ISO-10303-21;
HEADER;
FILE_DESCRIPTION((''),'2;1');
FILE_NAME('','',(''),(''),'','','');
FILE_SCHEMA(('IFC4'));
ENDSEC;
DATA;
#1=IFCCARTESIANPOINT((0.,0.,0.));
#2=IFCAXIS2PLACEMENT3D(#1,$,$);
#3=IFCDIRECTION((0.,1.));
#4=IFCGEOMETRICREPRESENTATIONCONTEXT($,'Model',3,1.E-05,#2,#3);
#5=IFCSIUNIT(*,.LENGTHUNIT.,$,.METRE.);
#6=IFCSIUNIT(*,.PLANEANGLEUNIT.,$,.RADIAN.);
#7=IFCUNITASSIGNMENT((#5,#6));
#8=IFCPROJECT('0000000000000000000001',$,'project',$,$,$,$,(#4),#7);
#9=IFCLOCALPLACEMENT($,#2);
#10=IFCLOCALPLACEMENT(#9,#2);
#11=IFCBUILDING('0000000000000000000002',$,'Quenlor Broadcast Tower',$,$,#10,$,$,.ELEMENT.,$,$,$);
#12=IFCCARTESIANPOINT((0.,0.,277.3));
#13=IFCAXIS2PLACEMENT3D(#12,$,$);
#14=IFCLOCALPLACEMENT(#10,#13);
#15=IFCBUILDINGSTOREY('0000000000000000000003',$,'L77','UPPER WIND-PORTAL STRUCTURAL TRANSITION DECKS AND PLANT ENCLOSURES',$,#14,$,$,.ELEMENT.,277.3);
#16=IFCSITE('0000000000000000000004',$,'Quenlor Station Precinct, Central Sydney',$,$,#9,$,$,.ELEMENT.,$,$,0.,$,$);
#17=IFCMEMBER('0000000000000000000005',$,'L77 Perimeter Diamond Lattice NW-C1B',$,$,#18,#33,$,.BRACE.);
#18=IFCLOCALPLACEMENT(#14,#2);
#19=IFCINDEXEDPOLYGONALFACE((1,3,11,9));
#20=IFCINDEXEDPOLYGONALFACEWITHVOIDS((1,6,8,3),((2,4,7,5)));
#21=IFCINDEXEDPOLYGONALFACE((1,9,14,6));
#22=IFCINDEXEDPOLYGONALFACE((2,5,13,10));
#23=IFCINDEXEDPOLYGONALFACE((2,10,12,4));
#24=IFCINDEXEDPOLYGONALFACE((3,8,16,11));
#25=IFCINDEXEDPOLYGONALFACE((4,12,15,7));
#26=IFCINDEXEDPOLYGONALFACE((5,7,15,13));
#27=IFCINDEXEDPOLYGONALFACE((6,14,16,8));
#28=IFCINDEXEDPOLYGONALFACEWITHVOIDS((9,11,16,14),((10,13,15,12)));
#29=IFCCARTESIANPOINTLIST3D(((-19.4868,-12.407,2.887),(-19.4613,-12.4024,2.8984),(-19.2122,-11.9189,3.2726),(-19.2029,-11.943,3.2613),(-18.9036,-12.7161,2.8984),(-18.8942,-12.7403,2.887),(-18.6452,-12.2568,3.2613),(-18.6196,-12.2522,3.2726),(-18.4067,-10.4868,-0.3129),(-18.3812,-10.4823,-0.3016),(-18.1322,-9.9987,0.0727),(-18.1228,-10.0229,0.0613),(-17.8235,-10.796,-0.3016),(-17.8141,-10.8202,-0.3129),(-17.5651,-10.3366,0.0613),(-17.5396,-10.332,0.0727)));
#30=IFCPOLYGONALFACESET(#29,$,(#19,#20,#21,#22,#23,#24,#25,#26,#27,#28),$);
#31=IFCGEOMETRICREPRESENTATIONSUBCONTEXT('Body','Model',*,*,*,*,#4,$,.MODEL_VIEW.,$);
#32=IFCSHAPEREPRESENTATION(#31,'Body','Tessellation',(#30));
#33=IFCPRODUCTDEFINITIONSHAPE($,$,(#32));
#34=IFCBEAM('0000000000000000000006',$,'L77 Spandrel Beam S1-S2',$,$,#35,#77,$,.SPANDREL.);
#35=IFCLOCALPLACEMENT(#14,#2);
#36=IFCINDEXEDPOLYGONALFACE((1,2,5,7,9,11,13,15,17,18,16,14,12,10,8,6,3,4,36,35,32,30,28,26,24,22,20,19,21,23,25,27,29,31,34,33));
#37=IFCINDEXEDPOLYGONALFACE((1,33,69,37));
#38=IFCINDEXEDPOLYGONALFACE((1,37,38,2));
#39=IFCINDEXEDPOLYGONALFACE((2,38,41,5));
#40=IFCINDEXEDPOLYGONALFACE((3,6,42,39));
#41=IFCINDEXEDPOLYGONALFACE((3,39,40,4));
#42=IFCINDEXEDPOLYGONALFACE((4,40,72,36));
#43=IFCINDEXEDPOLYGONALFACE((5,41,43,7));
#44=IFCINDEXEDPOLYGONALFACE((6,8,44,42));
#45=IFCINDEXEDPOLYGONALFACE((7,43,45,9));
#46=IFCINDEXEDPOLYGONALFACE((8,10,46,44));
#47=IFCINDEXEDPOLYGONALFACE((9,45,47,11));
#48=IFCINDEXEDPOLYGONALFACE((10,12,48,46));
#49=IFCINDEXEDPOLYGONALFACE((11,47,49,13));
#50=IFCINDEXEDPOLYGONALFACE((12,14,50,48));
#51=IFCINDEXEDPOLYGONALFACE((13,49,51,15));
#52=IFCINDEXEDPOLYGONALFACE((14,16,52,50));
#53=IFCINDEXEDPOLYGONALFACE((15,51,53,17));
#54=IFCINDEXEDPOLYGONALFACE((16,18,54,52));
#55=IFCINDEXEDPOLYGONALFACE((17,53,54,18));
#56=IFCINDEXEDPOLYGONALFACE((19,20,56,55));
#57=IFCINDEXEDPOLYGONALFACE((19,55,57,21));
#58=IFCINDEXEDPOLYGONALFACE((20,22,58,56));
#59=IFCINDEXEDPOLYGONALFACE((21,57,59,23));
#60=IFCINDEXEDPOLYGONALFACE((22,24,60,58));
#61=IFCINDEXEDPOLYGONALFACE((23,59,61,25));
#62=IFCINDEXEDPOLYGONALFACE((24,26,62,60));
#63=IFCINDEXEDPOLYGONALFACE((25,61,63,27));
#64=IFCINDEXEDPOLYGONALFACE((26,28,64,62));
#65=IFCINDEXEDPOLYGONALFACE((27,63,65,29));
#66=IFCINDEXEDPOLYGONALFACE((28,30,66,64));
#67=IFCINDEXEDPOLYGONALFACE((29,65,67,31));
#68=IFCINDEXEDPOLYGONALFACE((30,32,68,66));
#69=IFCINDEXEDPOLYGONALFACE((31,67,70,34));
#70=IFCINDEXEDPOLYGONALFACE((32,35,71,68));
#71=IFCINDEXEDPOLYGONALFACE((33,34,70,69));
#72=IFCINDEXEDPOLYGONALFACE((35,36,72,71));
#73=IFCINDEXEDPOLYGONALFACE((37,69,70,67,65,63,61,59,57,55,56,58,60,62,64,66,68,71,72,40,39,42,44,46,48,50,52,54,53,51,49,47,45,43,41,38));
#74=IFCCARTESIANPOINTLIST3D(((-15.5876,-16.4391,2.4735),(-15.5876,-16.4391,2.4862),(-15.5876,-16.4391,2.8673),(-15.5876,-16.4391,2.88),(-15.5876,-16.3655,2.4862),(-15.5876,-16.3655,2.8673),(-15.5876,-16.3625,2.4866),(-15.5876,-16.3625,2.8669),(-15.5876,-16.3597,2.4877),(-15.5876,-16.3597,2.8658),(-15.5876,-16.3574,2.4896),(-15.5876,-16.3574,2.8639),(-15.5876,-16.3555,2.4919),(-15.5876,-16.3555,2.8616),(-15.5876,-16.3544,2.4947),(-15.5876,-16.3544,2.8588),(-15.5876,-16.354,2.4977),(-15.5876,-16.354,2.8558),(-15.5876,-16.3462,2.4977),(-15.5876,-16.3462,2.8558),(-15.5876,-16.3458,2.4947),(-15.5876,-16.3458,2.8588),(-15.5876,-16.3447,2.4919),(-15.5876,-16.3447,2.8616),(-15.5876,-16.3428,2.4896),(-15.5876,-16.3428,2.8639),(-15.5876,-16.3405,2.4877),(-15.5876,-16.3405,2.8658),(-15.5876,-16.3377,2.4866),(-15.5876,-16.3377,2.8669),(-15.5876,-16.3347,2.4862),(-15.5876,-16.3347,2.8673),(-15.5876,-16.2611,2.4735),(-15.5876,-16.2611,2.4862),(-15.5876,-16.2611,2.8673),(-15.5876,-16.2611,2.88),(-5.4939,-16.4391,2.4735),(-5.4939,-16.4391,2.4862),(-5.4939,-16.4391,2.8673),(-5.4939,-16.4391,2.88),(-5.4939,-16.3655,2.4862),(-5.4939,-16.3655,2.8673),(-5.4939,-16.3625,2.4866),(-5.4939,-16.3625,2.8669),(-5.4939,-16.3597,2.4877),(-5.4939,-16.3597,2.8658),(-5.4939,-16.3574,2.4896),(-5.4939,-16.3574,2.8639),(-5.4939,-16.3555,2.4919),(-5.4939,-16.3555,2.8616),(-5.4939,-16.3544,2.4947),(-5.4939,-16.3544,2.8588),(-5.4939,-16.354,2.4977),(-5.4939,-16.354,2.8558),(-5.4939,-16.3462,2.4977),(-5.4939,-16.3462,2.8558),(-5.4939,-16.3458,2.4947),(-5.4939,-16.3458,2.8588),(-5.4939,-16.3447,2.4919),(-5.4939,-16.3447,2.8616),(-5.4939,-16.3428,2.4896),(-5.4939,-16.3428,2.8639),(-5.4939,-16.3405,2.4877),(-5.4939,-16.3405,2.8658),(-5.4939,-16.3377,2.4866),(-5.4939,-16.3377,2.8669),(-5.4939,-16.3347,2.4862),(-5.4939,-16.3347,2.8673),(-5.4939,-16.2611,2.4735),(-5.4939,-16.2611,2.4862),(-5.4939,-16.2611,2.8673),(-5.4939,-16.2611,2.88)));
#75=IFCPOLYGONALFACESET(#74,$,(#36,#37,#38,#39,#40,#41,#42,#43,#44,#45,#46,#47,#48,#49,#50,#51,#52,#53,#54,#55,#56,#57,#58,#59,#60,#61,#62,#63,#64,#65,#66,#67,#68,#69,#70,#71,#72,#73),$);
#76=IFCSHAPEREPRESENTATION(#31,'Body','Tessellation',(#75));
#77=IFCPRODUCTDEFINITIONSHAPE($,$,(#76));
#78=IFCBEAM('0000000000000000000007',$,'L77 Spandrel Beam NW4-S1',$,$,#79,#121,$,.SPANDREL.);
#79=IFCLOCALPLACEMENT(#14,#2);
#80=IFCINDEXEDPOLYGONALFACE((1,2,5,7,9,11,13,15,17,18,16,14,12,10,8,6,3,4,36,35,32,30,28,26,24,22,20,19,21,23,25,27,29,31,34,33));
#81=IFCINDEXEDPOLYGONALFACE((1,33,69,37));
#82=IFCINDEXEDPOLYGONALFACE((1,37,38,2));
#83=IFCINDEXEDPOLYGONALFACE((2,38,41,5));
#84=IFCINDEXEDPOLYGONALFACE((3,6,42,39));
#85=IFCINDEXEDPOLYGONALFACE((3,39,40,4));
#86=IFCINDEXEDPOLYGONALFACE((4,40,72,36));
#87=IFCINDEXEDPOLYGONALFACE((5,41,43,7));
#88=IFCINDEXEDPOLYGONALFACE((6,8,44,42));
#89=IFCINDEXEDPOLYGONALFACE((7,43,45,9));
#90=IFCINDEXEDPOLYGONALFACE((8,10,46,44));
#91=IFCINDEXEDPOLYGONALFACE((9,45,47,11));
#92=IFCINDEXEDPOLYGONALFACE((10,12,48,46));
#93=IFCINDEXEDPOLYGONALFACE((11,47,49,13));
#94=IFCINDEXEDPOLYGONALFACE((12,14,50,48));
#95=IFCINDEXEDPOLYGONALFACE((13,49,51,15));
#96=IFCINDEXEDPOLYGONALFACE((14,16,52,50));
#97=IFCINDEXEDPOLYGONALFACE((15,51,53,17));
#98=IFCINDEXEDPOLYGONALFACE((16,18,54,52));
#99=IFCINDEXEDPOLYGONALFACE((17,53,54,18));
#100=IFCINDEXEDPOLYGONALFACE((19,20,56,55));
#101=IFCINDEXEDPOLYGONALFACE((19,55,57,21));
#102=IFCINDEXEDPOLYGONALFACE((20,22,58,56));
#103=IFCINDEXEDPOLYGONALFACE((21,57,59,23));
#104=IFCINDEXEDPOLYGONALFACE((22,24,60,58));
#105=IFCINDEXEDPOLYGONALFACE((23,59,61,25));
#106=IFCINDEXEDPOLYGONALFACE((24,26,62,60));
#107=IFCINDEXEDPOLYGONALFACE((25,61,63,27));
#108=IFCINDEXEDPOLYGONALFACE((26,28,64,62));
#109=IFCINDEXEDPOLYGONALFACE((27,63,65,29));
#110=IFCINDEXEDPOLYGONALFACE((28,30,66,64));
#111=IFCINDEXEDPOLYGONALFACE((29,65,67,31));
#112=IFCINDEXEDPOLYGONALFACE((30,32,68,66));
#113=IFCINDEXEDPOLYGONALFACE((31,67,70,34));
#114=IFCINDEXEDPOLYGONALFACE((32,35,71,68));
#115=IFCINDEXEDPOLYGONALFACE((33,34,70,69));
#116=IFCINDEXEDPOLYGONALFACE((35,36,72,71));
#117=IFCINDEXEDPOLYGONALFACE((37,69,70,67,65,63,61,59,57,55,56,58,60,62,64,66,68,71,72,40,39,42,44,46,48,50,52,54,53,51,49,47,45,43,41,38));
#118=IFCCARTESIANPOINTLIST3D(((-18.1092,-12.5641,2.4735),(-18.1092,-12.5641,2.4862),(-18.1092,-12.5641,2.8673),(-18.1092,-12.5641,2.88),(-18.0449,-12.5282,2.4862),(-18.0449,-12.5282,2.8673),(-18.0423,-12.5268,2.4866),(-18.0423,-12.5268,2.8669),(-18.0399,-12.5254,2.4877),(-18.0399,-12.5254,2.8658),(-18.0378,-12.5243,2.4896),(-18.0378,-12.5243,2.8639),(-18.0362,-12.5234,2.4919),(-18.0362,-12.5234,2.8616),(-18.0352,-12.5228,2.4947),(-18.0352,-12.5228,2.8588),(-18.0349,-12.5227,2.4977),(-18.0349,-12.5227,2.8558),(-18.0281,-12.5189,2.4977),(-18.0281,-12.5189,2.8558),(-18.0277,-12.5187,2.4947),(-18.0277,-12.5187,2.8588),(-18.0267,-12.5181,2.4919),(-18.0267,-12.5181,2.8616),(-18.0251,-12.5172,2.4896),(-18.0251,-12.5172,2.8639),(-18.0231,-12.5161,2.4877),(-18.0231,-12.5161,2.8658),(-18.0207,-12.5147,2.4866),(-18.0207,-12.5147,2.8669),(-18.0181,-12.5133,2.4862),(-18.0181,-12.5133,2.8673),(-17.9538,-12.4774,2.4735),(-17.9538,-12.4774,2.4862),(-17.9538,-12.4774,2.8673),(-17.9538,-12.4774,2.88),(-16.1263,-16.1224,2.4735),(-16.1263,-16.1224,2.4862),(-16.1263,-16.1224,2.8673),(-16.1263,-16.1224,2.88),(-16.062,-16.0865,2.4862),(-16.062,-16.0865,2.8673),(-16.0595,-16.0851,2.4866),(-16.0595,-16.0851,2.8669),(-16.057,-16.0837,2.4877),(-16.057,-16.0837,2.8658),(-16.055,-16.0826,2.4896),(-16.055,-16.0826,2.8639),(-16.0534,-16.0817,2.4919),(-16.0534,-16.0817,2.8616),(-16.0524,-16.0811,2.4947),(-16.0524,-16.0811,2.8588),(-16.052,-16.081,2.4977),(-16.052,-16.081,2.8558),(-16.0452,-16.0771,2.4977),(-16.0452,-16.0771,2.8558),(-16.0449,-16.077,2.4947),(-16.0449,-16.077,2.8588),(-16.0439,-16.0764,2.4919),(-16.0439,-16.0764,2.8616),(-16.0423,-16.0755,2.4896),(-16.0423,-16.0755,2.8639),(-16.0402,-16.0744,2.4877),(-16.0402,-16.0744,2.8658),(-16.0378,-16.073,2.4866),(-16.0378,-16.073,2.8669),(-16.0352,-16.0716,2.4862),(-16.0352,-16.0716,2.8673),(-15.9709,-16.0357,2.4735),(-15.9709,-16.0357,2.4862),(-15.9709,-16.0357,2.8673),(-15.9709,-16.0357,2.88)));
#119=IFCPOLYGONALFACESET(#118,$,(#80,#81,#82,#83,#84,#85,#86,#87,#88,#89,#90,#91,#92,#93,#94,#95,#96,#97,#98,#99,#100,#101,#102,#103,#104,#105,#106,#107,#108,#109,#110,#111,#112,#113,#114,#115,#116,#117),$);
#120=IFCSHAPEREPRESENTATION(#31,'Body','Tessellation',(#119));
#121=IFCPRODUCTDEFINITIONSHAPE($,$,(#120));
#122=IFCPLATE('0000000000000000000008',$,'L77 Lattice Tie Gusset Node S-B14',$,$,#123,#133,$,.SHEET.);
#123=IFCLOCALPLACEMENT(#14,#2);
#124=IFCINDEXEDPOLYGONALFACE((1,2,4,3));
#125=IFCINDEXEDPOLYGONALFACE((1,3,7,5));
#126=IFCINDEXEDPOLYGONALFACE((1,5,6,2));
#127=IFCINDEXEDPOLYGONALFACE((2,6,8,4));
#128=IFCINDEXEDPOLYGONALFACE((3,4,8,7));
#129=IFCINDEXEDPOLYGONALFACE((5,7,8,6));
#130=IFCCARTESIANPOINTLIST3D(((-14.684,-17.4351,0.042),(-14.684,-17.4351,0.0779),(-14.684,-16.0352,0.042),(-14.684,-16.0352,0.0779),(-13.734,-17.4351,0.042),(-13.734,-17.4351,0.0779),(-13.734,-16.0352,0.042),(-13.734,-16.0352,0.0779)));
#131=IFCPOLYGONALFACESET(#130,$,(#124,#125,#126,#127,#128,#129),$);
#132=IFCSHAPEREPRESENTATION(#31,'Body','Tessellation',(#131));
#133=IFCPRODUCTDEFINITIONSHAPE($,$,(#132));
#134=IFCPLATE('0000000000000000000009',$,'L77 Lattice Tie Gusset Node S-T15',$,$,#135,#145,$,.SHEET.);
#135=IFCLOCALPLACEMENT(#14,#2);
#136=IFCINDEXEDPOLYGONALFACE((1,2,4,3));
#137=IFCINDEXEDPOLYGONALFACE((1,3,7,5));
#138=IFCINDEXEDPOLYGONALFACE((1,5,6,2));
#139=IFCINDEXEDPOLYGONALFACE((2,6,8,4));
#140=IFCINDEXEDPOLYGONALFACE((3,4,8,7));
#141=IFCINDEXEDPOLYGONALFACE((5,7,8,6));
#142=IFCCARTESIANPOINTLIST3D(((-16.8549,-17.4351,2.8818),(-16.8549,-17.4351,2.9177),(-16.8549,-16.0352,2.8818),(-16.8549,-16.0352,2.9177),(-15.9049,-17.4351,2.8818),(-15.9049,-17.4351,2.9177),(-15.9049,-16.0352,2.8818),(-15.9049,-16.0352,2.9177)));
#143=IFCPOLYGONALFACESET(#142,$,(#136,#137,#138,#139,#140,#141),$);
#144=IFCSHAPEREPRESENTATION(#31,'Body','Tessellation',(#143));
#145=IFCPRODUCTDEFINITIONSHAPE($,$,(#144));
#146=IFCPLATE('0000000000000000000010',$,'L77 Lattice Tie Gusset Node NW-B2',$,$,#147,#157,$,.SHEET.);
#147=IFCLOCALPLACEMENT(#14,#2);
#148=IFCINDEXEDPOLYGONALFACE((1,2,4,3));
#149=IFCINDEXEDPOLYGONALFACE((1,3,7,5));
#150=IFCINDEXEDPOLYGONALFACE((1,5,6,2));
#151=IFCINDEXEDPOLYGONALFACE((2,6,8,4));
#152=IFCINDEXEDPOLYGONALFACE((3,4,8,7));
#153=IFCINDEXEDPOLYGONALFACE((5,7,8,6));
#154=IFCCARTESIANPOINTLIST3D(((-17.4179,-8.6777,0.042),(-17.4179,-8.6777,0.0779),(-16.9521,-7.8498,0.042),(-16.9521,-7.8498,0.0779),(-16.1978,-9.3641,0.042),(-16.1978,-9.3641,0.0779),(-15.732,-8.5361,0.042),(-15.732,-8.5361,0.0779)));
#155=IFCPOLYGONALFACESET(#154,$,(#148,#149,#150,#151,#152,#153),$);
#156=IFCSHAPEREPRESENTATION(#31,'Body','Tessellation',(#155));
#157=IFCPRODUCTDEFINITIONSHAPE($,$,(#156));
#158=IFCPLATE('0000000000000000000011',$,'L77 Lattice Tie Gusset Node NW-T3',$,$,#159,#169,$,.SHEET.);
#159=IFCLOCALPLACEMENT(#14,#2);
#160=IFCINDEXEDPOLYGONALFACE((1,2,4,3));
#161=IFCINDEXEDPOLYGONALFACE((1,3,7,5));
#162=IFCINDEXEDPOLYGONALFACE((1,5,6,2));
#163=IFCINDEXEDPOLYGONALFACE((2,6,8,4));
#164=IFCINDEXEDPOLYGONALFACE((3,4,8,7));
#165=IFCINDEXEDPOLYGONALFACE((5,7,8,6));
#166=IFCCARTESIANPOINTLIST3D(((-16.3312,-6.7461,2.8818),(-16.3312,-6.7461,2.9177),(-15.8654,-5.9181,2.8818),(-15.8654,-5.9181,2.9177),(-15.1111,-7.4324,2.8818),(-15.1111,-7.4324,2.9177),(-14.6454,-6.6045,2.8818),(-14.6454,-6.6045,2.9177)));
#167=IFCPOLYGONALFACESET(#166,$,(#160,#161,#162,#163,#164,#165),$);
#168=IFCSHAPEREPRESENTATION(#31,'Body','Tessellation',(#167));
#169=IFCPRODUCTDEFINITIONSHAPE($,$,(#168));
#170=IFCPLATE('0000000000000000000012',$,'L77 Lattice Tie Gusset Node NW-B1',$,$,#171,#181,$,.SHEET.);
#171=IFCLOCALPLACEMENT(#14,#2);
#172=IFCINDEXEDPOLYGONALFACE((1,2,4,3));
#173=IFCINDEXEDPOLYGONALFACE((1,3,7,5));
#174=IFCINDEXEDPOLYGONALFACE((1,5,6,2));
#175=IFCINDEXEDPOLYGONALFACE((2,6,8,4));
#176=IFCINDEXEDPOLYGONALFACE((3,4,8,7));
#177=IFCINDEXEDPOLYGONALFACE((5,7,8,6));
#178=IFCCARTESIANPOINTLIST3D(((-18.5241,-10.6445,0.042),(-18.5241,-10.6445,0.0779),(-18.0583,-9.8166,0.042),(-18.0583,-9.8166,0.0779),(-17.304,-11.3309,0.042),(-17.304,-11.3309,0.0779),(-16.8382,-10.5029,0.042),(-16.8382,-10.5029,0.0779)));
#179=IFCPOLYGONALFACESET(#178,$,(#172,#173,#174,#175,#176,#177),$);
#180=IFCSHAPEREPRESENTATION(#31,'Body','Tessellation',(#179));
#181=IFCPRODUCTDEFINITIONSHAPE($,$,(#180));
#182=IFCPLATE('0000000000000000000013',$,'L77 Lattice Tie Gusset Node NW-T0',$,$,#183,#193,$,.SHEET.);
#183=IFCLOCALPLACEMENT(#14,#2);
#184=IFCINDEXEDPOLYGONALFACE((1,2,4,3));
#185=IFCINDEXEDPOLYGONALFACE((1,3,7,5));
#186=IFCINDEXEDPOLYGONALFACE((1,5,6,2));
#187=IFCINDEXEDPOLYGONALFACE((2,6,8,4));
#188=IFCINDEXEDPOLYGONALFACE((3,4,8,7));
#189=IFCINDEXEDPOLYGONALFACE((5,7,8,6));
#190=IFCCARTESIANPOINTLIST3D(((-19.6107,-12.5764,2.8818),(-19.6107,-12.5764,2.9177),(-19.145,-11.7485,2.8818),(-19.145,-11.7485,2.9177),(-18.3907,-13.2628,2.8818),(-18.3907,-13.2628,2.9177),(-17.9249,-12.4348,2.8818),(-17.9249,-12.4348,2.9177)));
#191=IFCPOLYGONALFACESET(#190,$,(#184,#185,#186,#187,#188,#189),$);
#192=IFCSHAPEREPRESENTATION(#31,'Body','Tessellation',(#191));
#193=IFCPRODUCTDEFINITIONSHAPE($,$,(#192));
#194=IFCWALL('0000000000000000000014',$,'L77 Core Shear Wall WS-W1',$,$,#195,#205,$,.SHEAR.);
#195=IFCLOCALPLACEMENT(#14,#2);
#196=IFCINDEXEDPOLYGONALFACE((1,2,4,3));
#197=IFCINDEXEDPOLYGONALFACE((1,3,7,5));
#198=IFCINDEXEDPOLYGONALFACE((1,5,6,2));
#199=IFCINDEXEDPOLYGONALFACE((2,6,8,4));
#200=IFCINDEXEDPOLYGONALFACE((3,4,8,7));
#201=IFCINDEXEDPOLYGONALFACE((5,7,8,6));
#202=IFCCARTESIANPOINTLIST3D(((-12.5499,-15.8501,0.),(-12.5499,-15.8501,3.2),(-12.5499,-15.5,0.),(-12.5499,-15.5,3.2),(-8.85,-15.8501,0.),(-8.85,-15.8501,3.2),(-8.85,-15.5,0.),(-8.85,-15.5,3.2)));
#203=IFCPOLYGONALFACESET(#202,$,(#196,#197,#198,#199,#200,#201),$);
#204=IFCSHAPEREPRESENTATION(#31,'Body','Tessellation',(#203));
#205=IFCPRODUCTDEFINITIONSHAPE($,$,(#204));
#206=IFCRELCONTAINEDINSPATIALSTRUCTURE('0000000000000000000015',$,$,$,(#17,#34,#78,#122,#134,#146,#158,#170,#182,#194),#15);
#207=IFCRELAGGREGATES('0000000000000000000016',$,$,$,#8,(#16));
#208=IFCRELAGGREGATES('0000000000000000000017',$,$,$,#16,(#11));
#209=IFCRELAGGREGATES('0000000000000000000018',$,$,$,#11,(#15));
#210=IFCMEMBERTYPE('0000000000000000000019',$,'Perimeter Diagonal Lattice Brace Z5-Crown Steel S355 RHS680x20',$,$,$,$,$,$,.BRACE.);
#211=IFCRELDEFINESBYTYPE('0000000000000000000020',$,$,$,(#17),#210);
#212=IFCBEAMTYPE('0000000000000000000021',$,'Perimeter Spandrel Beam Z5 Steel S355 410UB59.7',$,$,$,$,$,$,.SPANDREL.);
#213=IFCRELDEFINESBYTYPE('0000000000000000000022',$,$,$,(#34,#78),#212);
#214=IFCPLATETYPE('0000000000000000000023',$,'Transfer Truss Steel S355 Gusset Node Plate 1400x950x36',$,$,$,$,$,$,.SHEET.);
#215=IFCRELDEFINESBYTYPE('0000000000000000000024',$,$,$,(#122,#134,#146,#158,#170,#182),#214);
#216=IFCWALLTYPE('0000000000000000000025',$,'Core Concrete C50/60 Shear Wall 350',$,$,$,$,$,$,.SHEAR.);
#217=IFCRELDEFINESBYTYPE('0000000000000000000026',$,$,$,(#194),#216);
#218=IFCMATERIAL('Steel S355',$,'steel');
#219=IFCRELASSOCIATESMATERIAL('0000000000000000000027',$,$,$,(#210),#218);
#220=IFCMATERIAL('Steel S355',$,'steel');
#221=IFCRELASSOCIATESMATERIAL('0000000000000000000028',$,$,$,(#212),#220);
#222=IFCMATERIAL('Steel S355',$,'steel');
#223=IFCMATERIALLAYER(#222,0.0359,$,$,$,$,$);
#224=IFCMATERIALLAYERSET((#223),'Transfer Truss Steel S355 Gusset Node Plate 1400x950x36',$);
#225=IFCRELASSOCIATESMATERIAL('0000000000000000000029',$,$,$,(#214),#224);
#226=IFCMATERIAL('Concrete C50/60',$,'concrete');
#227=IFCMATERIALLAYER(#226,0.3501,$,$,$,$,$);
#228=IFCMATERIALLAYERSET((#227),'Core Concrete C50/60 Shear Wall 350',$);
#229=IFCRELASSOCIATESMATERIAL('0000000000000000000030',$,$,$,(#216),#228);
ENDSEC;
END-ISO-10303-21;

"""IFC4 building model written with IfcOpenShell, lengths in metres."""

from ifc_helpers import new_model, si_unit, direction, frame, frame_2d, origin, origin_2d, place, context, subcontext, project, spatial, rectangle, hollow_rectangle, i_section, extrude, material, layer, layer_set, material_profile, profile_set, type_object, element, save


model = new_model("IFC4")

# Units and contexts
model_context = context("Model", 3, precision=1e-05, world=origin(), true_north=direction((0.0, 1.0)))
body_context = subcontext(model_context, "Body", "Model", "MODEL_VIEW")
ifc_project = project(units=[si_unit("LENGTHUNIT", "METRE"), si_unit("PLANEANGLEUNIT", "RADIAN")], contexts=[model_context])

# Site, building, storey
site_placement = place(None, origin())
site = spatial("IfcSite", under=ifc_project, at=site_placement, Name="Quenlor Station Precinct, Central Sydney", CompositionType="ELEMENT", RefElevation=0.0)
building_placement = place(site_placement, origin())
building = spatial("IfcBuilding", under=site, at=building_placement, Name="Quenlor Broadcast Tower", CompositionType="ELEMENT")
storey_placement = place(building_placement, frame((0.0, 0.0, 277.3)))
storey = spatial("IfcBuildingStorey", under=building, at=storey_placement, Name="L77", Description="UPPER WIND-PORTAL STRUCTURAL TRANSITION DECKS AND PLANT ENCLOSURES", CompositionType="ELEMENT", Elevation=277.3)

# Member
ifc_material_1 = material(Name="Steel S355", Category="steel")
ifc_material_profile_1 = material_profile(ifc_material_1, hollow_rectangle(XDim=0.6799, YDim=0.6799, WallThickness=0.02, at=origin_2d()))
ifc_profile_set_1 = profile_set([ifc_material_profile_1], Name="Steel S355 RHS680x680x20")
member_type = type_object("IfcMemberType", Name="Perimeter Diagonal Lattice Brace Z5-Crown Steel S355 RHS680x20", PredefinedType="BRACE", material=ifc_profile_set_1)
member_1_placement = place(storey_placement, frame((-17.9731, -10.4094, -0.1201), z_axis=(-0.278012, -0.49425, 0.823666), x_axis=(0.871578, -0.490256, 0.0)))
element("IfcMember", 1, at=member_1_placement, inside=storey, type_object=member_type, Name="L77 Perimeter Diamond Lattice NW-C1B", PredefinedType="BRACE", context=body_context, shape_type="SweptSolid", body=[
    extrude(hollow_rectangle(XDim=0.6799, YDim=0.6799, WallThickness=0.02, at=origin_2d()), origin(), (0.0, 0.0, 1.0), 3.885),
])

# Beams
ifc_material_2 = material(Name="Steel S355", Category="steel")
ifc_material_profile_2 = material_profile(ifc_material_2, i_section(OverallWidth=0.178, OverallDepth=0.4065, WebThickness=0.0078, FlangeThickness=0.0127, FilletRadius=0.0115, at=origin_2d()))
ifc_profile_set_2 = profile_set([ifc_material_profile_2], Name="Steel S355 410UB59.7")
beam_type_1 = type_object("IfcBeamType", Name="Perimeter Spandrel Beam Z5 Steel S355 410UB59.7", PredefinedType="SPANDREL", material=ifc_profile_set_2)
beam_1_placement = place(storey_placement, frame((-15.5876, -16.3501, 2.6768), z_axis=(1.0, 0.0, 0.0), x_axis=(0.0, 1.0, 0.0)))
element("IfcBeam", 2, at=beam_1_placement, inside=storey, type_object=beam_type_1, Name="L77 Spandrel Beam S1-S2", PredefinedType="SPANDREL", context=body_context, shape_type="SweptSolid", body=[
    extrude(i_section(OverallWidth=0.178, OverallDepth=0.4065, WebThickness=0.0078, FlangeThickness=0.0127, FilletRadius=0.0115, at=origin_2d()), origin(), (0.0, 0.0, 1.0), 10.0938),
])
beam_2_placement = place(storey_placement, frame((-18.0315, -12.5208, 2.6768), z_axis=(0.486777, -0.873526, 0.0), x_axis=(0.873526, 0.486777, 0.0)))
element("IfcBeam", 3, at=beam_2_placement, inside=storey, type_object=beam_type_1, Name="L77 Spandrel Beam NW4-S1", PredefinedType="SPANDREL", context=body_context, shape_type="SweptSolid", body=[
    extrude(i_section(OverallWidth=0.178, OverallDepth=0.4065, WebThickness=0.0078, FlangeThickness=0.0127, FilletRadius=0.0115, at=origin_2d()), origin(), (0.0, 0.0, 1.0), 4.0735),
])

# Plates
ifc_material_3 = material(Name="Steel S355", Category="steel")
ifc_layer_1 = layer(ifc_material_3, 0.0359)
ifc_layer_set_1 = layer_set([ifc_layer_1], Name="Transfer Truss Steel S355 Gusset Node Plate 1400x950x36")
plate_type = type_object("IfcPlateType", Name="Transfer Truss Steel S355 Gusset Node Plate 1400x950x36", PredefinedType="SHEET", material=ifc_layer_set_1)
for number, where, z_axis, x_axis, name in (
    (4, (-14.209, -16.7351, 0.042), (0.0, 0.0, 1.0), (0.0, -1.0, 0.0), "L77 Lattice Tie Gusset Node S-B14"),
    (5, (-16.3799, -16.7351, 2.8818), (0.0, 0.0, 1.0), (0.0, -1.0, 0.0), "L77 Lattice Tie Gusset Node S-T15"),
    (6, (-16.575, -8.6069, 0.042), (0.0, 0.0, 1.0), (-0.871556, 0.490295, 0.0), "L77 Lattice Tie Gusset Node NW-B2"),
    (7, (-15.4883, -6.6753, 2.8818), (0.0, 0.0, 1.0), (-0.871556, 0.490295, 0.0), "L77 Lattice Tie Gusset Node NW-T3"),
    (8, (-17.6812, -10.5737, 0.042), (0.0, 0.0, 1.0), (-0.871556, 0.490295, 0.0), "L77 Lattice Tie Gusset Node NW-B1"),
    (9, (-18.7678, -12.5056, 2.8818), (0.0, 0.0, 1.0), (-0.871556, 0.490295, 0.0), "L77 Lattice Tie Gusset Node NW-T0"),
):
    element("IfcPlate", number, at=place(storey_placement, frame(where, z_axis=z_axis, x_axis=x_axis)), inside=storey, type_object=plate_type, Name=name, PredefinedType="SHEET", context=body_context, shape_type="SweptSolid", body=[
        extrude(rectangle(XDim=1.3999, YDim=0.95, at=origin_2d()), origin(), (0.0, 0.0, 1.0), 0.0359),
    ])

# Wall
ifc_material_4 = material(Name="Concrete C50/60", Category="concrete")
ifc_layer_2 = layer(ifc_material_4, 0.3501)
ifc_layer_set_2 = layer_set([ifc_layer_2], Name="Core Concrete C50/60 Shear Wall 350")
wall_type_1 = type_object("IfcWallType", Name="Core Concrete C50/60 Shear Wall 350", PredefinedType="SHEAR", material=ifc_layer_set_2)
wall_1_placement = place(storey_placement, frame((-12.55, -15.675, 0.0), z_axis=(0.0, 0.0, 1.0), x_axis=(1.0, 0.0, 0.0)))
element("IfcWall", 10, at=wall_1_placement, inside=storey, type_object=wall_type_1, Name="L77 Core Shear Wall WS-W1", PredefinedType="SHEAR", context=body_context, shape_type="SweptSolid", body=[
    extrude(rectangle(XDim=3.7, YDim=0.3501, at=frame_2d((1.8501, 0.0))), origin(), (0.0, 0.0, 1.0), 3.2),
])

save(model, "model.ifc")
